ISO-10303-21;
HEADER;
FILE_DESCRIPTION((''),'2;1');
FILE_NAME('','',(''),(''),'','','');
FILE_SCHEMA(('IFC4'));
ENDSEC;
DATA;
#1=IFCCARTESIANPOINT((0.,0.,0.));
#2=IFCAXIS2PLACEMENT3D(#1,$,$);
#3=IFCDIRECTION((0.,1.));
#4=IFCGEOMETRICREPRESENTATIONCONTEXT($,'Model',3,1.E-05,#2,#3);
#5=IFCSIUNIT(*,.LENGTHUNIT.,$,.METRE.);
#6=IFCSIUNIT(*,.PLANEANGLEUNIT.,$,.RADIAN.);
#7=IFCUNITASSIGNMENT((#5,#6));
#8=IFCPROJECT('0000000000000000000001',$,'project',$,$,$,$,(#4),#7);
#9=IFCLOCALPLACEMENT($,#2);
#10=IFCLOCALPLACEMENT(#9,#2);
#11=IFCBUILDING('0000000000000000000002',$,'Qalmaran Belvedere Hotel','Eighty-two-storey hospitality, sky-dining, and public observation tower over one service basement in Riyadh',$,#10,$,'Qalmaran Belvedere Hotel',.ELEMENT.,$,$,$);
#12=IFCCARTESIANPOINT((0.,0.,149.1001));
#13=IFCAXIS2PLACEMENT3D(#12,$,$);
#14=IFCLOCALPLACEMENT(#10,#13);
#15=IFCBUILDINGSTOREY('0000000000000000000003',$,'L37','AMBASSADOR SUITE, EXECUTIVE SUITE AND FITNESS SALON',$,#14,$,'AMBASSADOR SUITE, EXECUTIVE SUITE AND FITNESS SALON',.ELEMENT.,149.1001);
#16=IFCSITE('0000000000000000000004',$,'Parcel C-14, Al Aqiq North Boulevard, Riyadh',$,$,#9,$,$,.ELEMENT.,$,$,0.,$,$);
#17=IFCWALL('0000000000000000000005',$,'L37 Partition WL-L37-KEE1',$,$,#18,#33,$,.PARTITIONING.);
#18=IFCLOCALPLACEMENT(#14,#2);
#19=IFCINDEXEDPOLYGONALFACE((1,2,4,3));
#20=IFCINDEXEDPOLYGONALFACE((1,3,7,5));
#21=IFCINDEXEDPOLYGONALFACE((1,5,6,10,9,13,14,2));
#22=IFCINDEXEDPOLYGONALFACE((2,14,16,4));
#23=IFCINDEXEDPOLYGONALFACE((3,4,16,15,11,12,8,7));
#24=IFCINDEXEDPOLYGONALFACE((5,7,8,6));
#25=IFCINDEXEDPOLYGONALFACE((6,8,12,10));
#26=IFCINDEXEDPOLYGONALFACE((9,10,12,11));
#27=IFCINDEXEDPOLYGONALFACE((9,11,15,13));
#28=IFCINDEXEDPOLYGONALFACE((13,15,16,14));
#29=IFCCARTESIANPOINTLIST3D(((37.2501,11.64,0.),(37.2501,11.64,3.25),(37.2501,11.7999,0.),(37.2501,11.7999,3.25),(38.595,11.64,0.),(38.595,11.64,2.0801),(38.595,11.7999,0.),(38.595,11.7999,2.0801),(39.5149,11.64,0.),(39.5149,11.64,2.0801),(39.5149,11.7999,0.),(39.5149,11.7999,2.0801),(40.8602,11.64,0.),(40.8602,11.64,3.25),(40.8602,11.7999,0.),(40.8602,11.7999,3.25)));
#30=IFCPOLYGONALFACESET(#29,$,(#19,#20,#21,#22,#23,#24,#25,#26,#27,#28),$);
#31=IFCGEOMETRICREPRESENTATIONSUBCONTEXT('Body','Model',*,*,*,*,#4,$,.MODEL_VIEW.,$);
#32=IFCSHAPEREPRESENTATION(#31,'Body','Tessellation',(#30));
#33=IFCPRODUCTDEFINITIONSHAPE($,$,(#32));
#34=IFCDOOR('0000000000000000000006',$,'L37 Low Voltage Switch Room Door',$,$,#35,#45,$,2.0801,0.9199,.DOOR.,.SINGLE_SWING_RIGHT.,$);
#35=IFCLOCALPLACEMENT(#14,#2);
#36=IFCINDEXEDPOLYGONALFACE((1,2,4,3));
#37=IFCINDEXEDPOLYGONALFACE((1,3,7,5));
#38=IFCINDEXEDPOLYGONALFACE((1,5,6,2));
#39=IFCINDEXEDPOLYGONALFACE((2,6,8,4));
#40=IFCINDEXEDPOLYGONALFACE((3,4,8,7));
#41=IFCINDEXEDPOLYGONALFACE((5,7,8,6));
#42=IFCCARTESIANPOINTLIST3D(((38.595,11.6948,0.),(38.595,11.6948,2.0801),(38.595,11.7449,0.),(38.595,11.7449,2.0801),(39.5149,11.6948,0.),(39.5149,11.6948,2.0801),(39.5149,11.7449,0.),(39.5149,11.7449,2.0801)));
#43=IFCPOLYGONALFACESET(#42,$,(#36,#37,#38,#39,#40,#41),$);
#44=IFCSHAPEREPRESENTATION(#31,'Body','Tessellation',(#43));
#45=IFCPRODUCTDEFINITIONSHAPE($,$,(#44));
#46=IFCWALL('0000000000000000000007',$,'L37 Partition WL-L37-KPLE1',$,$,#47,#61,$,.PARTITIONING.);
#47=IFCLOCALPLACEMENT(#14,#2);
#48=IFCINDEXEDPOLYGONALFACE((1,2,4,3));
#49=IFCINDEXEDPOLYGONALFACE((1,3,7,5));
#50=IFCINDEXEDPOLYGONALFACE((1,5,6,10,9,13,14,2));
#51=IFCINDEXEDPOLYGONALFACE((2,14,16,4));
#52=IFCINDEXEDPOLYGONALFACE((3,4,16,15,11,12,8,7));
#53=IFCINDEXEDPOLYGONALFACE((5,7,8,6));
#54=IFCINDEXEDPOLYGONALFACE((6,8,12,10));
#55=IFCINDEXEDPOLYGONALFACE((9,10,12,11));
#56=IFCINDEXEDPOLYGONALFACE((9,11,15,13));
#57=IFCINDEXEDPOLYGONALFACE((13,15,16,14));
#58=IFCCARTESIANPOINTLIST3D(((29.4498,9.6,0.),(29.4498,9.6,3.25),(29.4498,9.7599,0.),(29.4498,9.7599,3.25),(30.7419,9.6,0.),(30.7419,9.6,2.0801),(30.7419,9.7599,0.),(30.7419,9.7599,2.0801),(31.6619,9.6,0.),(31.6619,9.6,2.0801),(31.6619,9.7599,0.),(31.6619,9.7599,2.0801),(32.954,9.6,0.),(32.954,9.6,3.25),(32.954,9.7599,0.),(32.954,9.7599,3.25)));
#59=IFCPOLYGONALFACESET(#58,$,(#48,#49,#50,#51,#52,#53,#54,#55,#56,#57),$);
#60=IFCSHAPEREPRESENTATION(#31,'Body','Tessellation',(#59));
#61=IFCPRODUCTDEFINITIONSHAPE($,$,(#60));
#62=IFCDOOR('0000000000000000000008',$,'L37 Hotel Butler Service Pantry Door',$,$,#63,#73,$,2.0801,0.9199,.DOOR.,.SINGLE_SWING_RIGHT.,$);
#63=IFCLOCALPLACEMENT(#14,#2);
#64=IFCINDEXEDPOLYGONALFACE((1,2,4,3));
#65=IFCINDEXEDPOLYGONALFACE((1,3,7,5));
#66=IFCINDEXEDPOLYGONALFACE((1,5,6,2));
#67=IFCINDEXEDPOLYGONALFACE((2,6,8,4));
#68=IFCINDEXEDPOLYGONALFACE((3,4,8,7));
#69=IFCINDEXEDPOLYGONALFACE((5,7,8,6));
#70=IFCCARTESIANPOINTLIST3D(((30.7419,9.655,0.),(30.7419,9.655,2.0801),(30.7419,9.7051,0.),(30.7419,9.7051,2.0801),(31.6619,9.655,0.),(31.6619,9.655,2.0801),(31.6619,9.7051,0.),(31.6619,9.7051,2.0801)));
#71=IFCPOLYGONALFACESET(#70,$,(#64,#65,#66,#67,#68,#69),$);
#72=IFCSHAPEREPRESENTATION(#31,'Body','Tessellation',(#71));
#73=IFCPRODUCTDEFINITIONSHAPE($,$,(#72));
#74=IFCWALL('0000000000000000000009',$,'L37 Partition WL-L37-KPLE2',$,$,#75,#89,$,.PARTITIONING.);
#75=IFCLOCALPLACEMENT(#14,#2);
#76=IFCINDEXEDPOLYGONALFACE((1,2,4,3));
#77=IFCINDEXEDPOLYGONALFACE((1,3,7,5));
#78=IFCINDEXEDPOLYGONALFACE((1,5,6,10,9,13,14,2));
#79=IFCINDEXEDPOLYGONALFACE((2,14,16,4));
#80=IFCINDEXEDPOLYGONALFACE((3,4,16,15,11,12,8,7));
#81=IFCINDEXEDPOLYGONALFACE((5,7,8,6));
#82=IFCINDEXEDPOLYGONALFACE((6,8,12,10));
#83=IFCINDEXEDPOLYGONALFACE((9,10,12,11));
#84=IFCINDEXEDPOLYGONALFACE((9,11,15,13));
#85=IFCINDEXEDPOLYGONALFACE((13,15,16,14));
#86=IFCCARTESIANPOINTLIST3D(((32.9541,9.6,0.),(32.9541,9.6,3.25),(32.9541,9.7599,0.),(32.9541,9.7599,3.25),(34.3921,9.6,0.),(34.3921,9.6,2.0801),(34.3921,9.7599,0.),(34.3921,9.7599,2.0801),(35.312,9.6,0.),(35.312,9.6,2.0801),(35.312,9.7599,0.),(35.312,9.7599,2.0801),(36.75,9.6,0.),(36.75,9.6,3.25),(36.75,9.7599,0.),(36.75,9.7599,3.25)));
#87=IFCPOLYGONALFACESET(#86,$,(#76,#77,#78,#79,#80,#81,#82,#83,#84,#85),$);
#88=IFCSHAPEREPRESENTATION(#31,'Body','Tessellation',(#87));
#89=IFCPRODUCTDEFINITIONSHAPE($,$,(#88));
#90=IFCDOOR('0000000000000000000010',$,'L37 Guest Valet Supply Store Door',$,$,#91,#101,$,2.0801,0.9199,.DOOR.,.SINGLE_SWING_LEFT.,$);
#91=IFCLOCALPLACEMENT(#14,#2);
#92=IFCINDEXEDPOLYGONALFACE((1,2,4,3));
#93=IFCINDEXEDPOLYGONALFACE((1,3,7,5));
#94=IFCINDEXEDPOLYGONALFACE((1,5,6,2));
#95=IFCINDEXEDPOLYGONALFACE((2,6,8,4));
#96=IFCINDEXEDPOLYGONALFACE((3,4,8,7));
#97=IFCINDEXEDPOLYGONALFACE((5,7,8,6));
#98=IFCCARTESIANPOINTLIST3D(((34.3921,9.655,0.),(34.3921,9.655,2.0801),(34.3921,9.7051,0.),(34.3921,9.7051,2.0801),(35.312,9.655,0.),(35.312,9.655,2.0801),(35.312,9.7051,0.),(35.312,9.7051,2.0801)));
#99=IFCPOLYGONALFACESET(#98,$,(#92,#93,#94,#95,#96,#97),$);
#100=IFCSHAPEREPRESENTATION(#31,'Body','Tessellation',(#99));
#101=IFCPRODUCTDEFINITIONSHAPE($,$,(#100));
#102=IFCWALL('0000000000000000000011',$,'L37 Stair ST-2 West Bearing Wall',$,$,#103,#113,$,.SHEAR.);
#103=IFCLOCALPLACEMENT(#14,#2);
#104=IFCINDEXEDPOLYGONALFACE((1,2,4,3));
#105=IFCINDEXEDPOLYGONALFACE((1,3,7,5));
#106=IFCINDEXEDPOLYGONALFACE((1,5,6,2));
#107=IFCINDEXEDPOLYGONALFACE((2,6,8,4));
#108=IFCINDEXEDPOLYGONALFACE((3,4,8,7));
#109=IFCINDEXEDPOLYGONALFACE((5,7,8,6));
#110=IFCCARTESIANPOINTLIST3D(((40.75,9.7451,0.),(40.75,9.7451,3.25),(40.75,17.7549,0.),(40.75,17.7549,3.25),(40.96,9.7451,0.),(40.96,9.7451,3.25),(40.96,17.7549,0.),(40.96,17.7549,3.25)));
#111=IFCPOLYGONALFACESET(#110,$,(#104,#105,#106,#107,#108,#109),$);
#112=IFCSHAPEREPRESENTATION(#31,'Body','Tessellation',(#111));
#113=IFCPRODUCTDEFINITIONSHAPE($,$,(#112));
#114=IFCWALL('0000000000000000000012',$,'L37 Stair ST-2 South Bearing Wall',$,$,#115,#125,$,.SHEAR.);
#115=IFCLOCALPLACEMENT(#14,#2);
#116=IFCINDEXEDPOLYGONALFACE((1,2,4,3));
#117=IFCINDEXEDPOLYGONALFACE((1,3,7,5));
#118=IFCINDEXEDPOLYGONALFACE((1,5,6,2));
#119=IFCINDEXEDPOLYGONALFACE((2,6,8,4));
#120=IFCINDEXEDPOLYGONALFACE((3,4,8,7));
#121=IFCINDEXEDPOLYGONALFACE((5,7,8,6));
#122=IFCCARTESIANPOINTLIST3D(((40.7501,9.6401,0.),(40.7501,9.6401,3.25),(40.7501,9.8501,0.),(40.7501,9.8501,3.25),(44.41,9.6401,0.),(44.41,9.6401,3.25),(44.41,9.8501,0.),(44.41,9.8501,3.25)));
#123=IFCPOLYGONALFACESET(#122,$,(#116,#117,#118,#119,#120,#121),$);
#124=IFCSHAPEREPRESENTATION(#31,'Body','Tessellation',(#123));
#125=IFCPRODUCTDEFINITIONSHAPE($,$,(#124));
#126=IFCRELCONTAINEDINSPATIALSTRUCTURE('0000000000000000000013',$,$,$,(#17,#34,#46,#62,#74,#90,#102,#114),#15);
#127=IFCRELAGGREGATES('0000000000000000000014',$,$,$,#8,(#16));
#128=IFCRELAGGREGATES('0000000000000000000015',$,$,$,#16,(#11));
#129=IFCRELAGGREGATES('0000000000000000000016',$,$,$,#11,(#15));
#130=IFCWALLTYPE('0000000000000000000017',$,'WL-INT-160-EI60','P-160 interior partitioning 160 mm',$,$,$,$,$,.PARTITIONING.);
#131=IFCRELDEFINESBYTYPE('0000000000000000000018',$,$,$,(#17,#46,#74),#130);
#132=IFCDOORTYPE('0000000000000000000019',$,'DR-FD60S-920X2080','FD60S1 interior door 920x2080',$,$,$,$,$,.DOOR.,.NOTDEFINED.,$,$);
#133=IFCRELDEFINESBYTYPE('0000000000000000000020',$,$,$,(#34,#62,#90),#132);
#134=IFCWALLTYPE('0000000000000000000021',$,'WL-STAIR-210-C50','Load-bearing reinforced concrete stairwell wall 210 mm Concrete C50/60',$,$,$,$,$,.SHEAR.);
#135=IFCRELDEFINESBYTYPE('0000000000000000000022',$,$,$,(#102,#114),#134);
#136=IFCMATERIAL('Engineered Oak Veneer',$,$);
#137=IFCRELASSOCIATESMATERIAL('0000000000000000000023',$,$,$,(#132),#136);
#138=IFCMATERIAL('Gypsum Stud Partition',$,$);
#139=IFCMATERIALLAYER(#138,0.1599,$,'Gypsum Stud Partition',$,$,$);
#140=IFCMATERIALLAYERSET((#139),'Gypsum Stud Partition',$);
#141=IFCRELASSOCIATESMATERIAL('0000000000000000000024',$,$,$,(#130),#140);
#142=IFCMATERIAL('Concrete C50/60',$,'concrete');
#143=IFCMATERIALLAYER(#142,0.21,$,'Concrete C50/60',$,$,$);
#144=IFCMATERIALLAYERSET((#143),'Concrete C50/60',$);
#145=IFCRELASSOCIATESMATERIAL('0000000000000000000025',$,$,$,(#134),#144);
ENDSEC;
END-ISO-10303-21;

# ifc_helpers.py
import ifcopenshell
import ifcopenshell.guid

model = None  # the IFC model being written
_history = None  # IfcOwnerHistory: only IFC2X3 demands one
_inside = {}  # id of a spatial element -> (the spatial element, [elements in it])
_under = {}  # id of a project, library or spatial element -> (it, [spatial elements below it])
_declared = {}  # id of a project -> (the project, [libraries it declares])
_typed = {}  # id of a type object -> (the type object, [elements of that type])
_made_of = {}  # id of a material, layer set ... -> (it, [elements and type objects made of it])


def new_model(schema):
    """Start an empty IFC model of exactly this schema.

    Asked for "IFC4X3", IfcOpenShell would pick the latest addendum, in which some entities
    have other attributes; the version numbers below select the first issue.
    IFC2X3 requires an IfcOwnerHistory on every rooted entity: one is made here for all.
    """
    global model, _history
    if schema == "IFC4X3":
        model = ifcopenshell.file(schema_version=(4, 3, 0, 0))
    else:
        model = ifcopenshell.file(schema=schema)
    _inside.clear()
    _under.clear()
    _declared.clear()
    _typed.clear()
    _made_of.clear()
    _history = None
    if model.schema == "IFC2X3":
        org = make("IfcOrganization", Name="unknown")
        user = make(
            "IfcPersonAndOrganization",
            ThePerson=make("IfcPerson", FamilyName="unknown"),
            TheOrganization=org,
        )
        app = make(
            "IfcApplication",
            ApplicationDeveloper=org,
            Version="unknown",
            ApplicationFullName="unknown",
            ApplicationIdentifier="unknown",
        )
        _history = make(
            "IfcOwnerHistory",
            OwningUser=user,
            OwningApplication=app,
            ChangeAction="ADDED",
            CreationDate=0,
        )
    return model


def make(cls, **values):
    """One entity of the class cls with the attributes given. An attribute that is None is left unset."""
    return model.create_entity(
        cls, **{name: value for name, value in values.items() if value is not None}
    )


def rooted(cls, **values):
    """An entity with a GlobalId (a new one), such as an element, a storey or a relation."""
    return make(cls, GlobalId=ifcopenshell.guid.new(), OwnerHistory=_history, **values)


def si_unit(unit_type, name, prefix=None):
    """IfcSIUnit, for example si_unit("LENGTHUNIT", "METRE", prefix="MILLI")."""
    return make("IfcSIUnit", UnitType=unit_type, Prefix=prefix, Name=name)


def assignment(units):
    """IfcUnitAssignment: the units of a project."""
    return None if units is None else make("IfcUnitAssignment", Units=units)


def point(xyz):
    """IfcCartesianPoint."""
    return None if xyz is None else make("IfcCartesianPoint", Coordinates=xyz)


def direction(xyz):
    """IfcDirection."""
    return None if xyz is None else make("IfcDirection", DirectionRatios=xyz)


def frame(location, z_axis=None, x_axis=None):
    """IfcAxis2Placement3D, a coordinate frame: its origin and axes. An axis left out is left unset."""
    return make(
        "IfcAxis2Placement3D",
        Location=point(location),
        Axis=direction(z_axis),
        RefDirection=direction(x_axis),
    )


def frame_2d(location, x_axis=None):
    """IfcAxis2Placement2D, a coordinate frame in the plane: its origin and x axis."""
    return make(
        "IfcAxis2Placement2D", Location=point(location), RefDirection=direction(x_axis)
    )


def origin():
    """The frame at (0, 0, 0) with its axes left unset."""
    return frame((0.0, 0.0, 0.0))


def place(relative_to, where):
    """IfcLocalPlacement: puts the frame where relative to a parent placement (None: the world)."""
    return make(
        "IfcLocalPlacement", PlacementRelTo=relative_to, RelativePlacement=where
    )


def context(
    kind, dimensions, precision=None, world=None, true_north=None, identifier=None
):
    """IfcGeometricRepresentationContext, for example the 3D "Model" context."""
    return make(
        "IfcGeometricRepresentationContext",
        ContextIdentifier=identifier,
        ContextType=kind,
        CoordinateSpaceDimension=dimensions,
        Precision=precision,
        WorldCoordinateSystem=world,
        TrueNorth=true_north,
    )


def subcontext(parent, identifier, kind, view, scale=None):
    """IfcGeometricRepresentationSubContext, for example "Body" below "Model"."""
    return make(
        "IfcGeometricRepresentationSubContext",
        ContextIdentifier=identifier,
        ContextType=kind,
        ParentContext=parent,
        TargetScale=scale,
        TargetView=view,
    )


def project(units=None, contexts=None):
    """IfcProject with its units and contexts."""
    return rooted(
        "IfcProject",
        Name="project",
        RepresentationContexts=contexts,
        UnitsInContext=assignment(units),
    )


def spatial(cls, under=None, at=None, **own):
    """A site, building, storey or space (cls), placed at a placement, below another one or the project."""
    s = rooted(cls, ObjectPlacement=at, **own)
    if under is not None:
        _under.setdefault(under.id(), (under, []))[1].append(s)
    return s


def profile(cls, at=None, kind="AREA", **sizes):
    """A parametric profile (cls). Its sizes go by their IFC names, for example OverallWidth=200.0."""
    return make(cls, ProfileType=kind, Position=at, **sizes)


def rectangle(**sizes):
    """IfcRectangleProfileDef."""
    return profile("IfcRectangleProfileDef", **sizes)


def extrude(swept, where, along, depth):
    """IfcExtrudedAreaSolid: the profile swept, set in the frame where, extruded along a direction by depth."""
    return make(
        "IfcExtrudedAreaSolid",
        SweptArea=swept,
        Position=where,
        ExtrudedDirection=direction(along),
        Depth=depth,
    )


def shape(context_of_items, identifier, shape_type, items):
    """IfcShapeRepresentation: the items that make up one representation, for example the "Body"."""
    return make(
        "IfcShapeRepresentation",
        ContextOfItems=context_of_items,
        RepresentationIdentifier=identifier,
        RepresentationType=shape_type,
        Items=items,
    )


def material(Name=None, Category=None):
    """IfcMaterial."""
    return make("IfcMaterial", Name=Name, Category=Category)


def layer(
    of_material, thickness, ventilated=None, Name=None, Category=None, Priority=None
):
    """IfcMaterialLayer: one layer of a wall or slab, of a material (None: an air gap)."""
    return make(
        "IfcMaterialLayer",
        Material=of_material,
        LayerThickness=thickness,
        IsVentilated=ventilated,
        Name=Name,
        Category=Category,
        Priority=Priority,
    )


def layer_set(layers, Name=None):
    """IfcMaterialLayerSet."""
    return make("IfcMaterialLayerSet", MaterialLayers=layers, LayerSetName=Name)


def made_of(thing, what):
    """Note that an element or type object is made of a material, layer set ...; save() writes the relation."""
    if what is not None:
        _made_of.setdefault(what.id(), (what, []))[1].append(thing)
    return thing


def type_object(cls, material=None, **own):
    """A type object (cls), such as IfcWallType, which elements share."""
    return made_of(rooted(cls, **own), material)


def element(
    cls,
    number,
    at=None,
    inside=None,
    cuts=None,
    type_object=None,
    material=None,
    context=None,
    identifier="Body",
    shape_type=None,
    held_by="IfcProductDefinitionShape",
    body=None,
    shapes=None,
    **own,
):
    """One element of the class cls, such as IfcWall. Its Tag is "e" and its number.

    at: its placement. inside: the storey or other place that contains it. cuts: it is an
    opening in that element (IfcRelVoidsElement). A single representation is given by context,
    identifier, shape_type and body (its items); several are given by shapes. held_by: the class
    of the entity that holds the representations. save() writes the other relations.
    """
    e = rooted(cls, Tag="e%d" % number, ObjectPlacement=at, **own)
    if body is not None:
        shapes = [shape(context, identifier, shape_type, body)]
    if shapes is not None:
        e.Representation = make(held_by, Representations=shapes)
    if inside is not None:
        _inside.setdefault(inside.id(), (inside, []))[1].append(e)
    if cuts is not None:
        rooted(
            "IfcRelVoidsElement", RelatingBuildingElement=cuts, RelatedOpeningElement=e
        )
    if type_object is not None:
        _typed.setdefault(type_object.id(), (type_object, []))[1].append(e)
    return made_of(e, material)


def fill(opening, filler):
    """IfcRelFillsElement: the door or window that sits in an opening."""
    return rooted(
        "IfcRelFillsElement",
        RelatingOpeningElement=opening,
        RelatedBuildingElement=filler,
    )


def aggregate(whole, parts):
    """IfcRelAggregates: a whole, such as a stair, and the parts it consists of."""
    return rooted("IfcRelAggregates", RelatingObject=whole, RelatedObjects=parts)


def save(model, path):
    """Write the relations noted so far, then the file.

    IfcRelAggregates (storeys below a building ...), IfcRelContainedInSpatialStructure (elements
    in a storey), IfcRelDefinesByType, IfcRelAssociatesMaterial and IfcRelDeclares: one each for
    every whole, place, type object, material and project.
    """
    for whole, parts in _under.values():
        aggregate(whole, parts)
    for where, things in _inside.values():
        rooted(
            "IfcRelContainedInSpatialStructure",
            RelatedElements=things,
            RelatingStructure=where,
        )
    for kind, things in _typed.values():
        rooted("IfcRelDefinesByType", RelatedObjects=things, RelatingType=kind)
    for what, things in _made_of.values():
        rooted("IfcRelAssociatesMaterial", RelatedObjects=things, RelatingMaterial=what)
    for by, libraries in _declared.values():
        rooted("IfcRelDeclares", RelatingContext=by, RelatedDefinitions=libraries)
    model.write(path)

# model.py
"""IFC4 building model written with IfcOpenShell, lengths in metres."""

from ifc_helpers import new_model, si_unit, direction, frame, frame_2d, origin, place, context, subcontext, project, spatial, rectangle, extrude, material, layer, layer_set, type_object, element, fill, save


model = new_model("IFC4")

# Units and contexts
model_context = context("Model", 3, precision=1e-05, world=origin(), true_north=direction((0.0, 1.0)))
body_context = subcontext(model_context, "Body", "Model", "MODEL_VIEW")
ifc_project = project(units=[si_unit("LENGTHUNIT", "METRE"), si_unit("PLANEANGLEUNIT", "RADIAN")], contexts=[model_context])

# Site, building, storey
site_placement = place(None, origin())
site = spatial("IfcSite", under=ifc_project, at=site_placement, Name="Parcel C-14, Al Aqiq North Boulevard, Riyadh", CompositionType="ELEMENT", RefElevation=0.0)
building_placement = place(site_placement, origin())
building = spatial("IfcBuilding", under=site, at=building_placement, Name="Qalmaran Belvedere Hotel", Description="Eighty-two-storey hospitality, sky-dining, and public observation tower over one service basement in Riyadh", LongName="Qalmaran Belvedere Hotel", CompositionType="ELEMENT")
storey_placement = place(building_placement, frame((0.0, 0.0, 149.1001)))
storey = spatial("IfcBuildingStorey", under=building, at=storey_placement, Name="L37", Description="AMBASSADOR SUITE, EXECUTIVE SUITE AND FITNESS SALON", LongName="AMBASSADOR SUITE, EXECUTIVE SUITE AND FITNESS SALON", CompositionType="ELEMENT", Elevation=149.1001)

# Shared definitions
ifc_material_1 = material(Name="Concrete C50/60", Category="concrete")

# Shared definitions
ifc_material_2 = material(Name="Gypsum Stud Partition")

# Walls, openings, doors
ifc_material_3 = material(Name="Engineered Oak Veneer")
door_type_1 = type_object("IfcDoorType", Name="DR-FD60S-920X2080", Description="FD60S1 interior door 920x2080", OperationType="NOTDEFINED", PredefinedType="DOOR", material=ifc_material_3)
ifc_layer_1 = layer(ifc_material_2, 0.1599, Name="Gypsum Stud Partition")
ifc_layer_set_1 = layer_set([ifc_layer_1], Name="Gypsum Stud Partition")
wall_type_1 = type_object("IfcWallType", Name="WL-INT-160-EI60", Description="P-160 interior partitioning 160 mm", PredefinedType="PARTITIONING", material=ifc_layer_set_1)
wall_1_placement = place(storey_placement, frame((37.25, 11.72, 0.0), z_axis=(0.0, 0.0, 1.0), x_axis=(1.0, 0.0, 0.0)))
wall_1 = element("IfcWall", 1, at=wall_1_placement, inside=storey, type_object=wall_type_1, Name="L37 Partition WL-L37-KEE1", PredefinedType="PARTITIONING", context=body_context, shape_type="SweptSolid", body=[
    extrude(rectangle(XDim=3.6101, YDim=0.1599, at=frame_2d((1.8052, 0.0))), origin(), (0.0, 0.0, 1.0), 3.25),
])
opening_1_placement = place(wall_1_placement, frame((1.345, 0.0, 0.0)))
opening_1 = element("IfcOpeningElement", 2, at=opening_1_placement, cuts=wall_1, PredefinedType="OPENING", context=body_context, shape_type="SweptSolid", body=[
    extrude(rectangle(XDim=0.9199, YDim=2.0801, at=frame_2d((0.46, 1.04))), frame((0.0, 0.0898, 0.0), z_axis=(0.0, -1.0, 0.0), x_axis=(1.0, 0.0, 0.0)), (0.0, 0.0, 1.0), 0.1799),
])
door_1_placement = place(opening_1_placement, origin())
door_1 = element("IfcDoor", 3, at=door_1_placement, inside=storey, type_object=door_type_1, Name="L37 Low Voltage Switch Room Door", OperationType="SINGLE_SWING_RIGHT", OverallHeight=2.0801, OverallWidth=0.9199, PredefinedType="DOOR", context=body_context, shape_type="SweptSolid", body=[
    extrude(rectangle(XDim=0.9199, YDim=2.0801, at=frame_2d((0.46, 1.04))), frame((0.0, 0.0249, 0.0), z_axis=(0.0, -1.0, 0.0), x_axis=(1.0, 0.0, 0.0)), (0.0, 0.0, 1.0), 0.05),
])
fill(opening_1, door_1)
wall_2_placement = place(storey_placement, frame((29.45, 9.6799, 0.0), z_axis=(0.0, 0.0, 1.0), x_axis=(1.0, 0.0, 0.0)))
wall_2 = element("IfcWall", 4, at=wall_2_placement, inside=storey, type_object=wall_type_1, Name="L37 Partition WL-L37-KPLE1", PredefinedType="PARTITIONING", context=body_context, shape_type="SweptSolid", body=[
    extrude(rectangle(XDim=3.5042, YDim=0.1599, at=frame_2d((1.752, 0.0))), origin(), (0.0, 0.0, 1.0), 3.25),
])
opening_2_placement = place(wall_2_placement, frame((2.2119, 0.0, 0.0), z_axis=(0.0, 0.0, 1.0), x_axis=(-1.0, 0.0, 0.0)))
opening_2 = element("IfcOpeningElement", 5, at=opening_2_placement, cuts=wall_2, PredefinedType="OPENING", context=body_context, shape_type="SweptSolid", body=[
    extrude(rectangle(XDim=0.9199, YDim=2.0801, at=frame_2d((0.46, 1.04))), frame((0.0, 0.0898, 0.0), z_axis=(0.0, -1.0, 0.0), x_axis=(1.0, 0.0, 0.0)), (0.0, 0.0, 1.0), 0.1799),
])
door_2_placement = place(opening_2_placement, origin())
door_2 = element("IfcDoor", 6, at=door_2_placement, inside=storey, type_object=door_type_1, Name="L37 Hotel Butler Service Pantry Door", OperationType="SINGLE_SWING_RIGHT", OverallHeight=2.0801, OverallWidth=0.9199, PredefinedType="DOOR", context=body_context, shape_type="SweptSolid", body=[
    extrude(rectangle(XDim=0.9199, YDim=2.0801, at=frame_2d((0.46, 1.04))), frame((0.0, 0.0249, 0.0), z_axis=(0.0, -1.0, 0.0), x_axis=(1.0, 0.0, 0.0)), (0.0, 0.0, 1.0), 0.05),
])
fill(opening_2, door_2)
wall_3_placement = place(storey_placement, frame((32.9541, 9.6799, 0.0), z_axis=(0.0, 0.0, 1.0), x_axis=(1.0, 0.0, 0.0)))
wall_3 = element("IfcWall", 7, at=wall_3_placement, inside=storey, type_object=wall_type_1, Name="L37 Partition WL-L37-KPLE2", PredefinedType="PARTITIONING", context=body_context, shape_type="SweptSolid", body=[
    extrude(rectangle(XDim=3.7959, YDim=0.1599, at=frame_2d((1.8979, 0.0))), origin(), (0.0, 0.0, 1.0), 3.25),
])
opening_3_placement = place(wall_3_placement, frame((2.3579, 0.0, 0.0), z_axis=(0.0, 0.0, 1.0), x_axis=(-1.0, 0.0, 0.0)))
opening_3 = element("IfcOpeningElement", 8, at=opening_3_placement, cuts=wall_3, PredefinedType="OPENING", context=body_context, shape_type="SweptSolid", body=[
    extrude(rectangle(XDim=0.9199, YDim=2.0801, at=frame_2d((0.46, 1.04))), frame((0.0, 0.0898, 0.0), z_axis=(0.0, -1.0, 0.0), x_axis=(1.0, 0.0, 0.0)), (0.0, 0.0, 1.0), 0.1799),
])
door_3_placement = place(opening_3_placement, origin())
door_3 = element("IfcDoor", 9, at=door_3_placement, inside=storey, type_object=door_type_1, Name="L37 Guest Valet Supply Store Door", OperationType="SINGLE_SWING_LEFT", OverallHeight=2.0801, OverallWidth=0.9199, PredefinedType="DOOR", context=body_context, shape_type="SweptSolid", body=[
    extrude(rectangle(XDim=0.9199, YDim=2.0801, at=frame_2d((0.46, 1.04))), frame((0.0, 0.0249, 0.0), z_axis=(0.0, -1.0, 0.0), x_axis=(1.0, 0.0, 0.0)), (0.0, 0.0, 1.0), 0.05),
])
fill(opening_3, door_3)

# Walls
ifc_layer_2 = layer(ifc_material_1, 0.21, Name="Concrete C50/60")
ifc_layer_set_2 = layer_set([ifc_layer_2], Name="Concrete C50/60")
wall_type_2 = type_object("IfcWallType", Name="WL-STAIR-210-C50", Description="Load-bearing reinforced concrete stairwell wall 210 mm Concrete C50/60", PredefinedType="SHEAR", material=ifc_layer_set_2)
wall_4_placement = place(storey_placement, frame((40.855, 9.7451, 0.0), z_axis=(0.0, 0.0, 1.0), x_axis=(0.0, 1.0, 0.0)))
element("IfcWall", 10, at=wall_4_placement, inside=storey, type_object=wall_type_2, Name="L37 Stair ST-2 West Bearing Wall", PredefinedType="SHEAR", context=body_context, shape_type="SweptSolid", body=[
    extrude(rectangle(XDim=8.0098, YDim=0.21, at=frame_2d((4.0049, 0.0))), origin(), (0.0, 0.0, 1.0), 3.25),
])
wall_5_placement = place(storey_placement, frame((40.75, 9.7451, 0.0), z_axis=(0.0, 0.0, 1.0), x_axis=(1.0, 0.0, 0.0)))
element("IfcWall", 11, at=wall_5_placement, inside=storey, type_object=wall_type_2, Name="L37 Stair ST-2 South Bearing Wall", PredefinedType="SHEAR", context=body_context, shape_type="SweptSolid", body=[
    extrude(rectangle(XDim=3.6599, YDim=0.21, at=frame_2d((1.8301, 0.0))), origin(), (0.0, 0.0, 1.0), 3.25),
])

save(model, "model.ifc")
